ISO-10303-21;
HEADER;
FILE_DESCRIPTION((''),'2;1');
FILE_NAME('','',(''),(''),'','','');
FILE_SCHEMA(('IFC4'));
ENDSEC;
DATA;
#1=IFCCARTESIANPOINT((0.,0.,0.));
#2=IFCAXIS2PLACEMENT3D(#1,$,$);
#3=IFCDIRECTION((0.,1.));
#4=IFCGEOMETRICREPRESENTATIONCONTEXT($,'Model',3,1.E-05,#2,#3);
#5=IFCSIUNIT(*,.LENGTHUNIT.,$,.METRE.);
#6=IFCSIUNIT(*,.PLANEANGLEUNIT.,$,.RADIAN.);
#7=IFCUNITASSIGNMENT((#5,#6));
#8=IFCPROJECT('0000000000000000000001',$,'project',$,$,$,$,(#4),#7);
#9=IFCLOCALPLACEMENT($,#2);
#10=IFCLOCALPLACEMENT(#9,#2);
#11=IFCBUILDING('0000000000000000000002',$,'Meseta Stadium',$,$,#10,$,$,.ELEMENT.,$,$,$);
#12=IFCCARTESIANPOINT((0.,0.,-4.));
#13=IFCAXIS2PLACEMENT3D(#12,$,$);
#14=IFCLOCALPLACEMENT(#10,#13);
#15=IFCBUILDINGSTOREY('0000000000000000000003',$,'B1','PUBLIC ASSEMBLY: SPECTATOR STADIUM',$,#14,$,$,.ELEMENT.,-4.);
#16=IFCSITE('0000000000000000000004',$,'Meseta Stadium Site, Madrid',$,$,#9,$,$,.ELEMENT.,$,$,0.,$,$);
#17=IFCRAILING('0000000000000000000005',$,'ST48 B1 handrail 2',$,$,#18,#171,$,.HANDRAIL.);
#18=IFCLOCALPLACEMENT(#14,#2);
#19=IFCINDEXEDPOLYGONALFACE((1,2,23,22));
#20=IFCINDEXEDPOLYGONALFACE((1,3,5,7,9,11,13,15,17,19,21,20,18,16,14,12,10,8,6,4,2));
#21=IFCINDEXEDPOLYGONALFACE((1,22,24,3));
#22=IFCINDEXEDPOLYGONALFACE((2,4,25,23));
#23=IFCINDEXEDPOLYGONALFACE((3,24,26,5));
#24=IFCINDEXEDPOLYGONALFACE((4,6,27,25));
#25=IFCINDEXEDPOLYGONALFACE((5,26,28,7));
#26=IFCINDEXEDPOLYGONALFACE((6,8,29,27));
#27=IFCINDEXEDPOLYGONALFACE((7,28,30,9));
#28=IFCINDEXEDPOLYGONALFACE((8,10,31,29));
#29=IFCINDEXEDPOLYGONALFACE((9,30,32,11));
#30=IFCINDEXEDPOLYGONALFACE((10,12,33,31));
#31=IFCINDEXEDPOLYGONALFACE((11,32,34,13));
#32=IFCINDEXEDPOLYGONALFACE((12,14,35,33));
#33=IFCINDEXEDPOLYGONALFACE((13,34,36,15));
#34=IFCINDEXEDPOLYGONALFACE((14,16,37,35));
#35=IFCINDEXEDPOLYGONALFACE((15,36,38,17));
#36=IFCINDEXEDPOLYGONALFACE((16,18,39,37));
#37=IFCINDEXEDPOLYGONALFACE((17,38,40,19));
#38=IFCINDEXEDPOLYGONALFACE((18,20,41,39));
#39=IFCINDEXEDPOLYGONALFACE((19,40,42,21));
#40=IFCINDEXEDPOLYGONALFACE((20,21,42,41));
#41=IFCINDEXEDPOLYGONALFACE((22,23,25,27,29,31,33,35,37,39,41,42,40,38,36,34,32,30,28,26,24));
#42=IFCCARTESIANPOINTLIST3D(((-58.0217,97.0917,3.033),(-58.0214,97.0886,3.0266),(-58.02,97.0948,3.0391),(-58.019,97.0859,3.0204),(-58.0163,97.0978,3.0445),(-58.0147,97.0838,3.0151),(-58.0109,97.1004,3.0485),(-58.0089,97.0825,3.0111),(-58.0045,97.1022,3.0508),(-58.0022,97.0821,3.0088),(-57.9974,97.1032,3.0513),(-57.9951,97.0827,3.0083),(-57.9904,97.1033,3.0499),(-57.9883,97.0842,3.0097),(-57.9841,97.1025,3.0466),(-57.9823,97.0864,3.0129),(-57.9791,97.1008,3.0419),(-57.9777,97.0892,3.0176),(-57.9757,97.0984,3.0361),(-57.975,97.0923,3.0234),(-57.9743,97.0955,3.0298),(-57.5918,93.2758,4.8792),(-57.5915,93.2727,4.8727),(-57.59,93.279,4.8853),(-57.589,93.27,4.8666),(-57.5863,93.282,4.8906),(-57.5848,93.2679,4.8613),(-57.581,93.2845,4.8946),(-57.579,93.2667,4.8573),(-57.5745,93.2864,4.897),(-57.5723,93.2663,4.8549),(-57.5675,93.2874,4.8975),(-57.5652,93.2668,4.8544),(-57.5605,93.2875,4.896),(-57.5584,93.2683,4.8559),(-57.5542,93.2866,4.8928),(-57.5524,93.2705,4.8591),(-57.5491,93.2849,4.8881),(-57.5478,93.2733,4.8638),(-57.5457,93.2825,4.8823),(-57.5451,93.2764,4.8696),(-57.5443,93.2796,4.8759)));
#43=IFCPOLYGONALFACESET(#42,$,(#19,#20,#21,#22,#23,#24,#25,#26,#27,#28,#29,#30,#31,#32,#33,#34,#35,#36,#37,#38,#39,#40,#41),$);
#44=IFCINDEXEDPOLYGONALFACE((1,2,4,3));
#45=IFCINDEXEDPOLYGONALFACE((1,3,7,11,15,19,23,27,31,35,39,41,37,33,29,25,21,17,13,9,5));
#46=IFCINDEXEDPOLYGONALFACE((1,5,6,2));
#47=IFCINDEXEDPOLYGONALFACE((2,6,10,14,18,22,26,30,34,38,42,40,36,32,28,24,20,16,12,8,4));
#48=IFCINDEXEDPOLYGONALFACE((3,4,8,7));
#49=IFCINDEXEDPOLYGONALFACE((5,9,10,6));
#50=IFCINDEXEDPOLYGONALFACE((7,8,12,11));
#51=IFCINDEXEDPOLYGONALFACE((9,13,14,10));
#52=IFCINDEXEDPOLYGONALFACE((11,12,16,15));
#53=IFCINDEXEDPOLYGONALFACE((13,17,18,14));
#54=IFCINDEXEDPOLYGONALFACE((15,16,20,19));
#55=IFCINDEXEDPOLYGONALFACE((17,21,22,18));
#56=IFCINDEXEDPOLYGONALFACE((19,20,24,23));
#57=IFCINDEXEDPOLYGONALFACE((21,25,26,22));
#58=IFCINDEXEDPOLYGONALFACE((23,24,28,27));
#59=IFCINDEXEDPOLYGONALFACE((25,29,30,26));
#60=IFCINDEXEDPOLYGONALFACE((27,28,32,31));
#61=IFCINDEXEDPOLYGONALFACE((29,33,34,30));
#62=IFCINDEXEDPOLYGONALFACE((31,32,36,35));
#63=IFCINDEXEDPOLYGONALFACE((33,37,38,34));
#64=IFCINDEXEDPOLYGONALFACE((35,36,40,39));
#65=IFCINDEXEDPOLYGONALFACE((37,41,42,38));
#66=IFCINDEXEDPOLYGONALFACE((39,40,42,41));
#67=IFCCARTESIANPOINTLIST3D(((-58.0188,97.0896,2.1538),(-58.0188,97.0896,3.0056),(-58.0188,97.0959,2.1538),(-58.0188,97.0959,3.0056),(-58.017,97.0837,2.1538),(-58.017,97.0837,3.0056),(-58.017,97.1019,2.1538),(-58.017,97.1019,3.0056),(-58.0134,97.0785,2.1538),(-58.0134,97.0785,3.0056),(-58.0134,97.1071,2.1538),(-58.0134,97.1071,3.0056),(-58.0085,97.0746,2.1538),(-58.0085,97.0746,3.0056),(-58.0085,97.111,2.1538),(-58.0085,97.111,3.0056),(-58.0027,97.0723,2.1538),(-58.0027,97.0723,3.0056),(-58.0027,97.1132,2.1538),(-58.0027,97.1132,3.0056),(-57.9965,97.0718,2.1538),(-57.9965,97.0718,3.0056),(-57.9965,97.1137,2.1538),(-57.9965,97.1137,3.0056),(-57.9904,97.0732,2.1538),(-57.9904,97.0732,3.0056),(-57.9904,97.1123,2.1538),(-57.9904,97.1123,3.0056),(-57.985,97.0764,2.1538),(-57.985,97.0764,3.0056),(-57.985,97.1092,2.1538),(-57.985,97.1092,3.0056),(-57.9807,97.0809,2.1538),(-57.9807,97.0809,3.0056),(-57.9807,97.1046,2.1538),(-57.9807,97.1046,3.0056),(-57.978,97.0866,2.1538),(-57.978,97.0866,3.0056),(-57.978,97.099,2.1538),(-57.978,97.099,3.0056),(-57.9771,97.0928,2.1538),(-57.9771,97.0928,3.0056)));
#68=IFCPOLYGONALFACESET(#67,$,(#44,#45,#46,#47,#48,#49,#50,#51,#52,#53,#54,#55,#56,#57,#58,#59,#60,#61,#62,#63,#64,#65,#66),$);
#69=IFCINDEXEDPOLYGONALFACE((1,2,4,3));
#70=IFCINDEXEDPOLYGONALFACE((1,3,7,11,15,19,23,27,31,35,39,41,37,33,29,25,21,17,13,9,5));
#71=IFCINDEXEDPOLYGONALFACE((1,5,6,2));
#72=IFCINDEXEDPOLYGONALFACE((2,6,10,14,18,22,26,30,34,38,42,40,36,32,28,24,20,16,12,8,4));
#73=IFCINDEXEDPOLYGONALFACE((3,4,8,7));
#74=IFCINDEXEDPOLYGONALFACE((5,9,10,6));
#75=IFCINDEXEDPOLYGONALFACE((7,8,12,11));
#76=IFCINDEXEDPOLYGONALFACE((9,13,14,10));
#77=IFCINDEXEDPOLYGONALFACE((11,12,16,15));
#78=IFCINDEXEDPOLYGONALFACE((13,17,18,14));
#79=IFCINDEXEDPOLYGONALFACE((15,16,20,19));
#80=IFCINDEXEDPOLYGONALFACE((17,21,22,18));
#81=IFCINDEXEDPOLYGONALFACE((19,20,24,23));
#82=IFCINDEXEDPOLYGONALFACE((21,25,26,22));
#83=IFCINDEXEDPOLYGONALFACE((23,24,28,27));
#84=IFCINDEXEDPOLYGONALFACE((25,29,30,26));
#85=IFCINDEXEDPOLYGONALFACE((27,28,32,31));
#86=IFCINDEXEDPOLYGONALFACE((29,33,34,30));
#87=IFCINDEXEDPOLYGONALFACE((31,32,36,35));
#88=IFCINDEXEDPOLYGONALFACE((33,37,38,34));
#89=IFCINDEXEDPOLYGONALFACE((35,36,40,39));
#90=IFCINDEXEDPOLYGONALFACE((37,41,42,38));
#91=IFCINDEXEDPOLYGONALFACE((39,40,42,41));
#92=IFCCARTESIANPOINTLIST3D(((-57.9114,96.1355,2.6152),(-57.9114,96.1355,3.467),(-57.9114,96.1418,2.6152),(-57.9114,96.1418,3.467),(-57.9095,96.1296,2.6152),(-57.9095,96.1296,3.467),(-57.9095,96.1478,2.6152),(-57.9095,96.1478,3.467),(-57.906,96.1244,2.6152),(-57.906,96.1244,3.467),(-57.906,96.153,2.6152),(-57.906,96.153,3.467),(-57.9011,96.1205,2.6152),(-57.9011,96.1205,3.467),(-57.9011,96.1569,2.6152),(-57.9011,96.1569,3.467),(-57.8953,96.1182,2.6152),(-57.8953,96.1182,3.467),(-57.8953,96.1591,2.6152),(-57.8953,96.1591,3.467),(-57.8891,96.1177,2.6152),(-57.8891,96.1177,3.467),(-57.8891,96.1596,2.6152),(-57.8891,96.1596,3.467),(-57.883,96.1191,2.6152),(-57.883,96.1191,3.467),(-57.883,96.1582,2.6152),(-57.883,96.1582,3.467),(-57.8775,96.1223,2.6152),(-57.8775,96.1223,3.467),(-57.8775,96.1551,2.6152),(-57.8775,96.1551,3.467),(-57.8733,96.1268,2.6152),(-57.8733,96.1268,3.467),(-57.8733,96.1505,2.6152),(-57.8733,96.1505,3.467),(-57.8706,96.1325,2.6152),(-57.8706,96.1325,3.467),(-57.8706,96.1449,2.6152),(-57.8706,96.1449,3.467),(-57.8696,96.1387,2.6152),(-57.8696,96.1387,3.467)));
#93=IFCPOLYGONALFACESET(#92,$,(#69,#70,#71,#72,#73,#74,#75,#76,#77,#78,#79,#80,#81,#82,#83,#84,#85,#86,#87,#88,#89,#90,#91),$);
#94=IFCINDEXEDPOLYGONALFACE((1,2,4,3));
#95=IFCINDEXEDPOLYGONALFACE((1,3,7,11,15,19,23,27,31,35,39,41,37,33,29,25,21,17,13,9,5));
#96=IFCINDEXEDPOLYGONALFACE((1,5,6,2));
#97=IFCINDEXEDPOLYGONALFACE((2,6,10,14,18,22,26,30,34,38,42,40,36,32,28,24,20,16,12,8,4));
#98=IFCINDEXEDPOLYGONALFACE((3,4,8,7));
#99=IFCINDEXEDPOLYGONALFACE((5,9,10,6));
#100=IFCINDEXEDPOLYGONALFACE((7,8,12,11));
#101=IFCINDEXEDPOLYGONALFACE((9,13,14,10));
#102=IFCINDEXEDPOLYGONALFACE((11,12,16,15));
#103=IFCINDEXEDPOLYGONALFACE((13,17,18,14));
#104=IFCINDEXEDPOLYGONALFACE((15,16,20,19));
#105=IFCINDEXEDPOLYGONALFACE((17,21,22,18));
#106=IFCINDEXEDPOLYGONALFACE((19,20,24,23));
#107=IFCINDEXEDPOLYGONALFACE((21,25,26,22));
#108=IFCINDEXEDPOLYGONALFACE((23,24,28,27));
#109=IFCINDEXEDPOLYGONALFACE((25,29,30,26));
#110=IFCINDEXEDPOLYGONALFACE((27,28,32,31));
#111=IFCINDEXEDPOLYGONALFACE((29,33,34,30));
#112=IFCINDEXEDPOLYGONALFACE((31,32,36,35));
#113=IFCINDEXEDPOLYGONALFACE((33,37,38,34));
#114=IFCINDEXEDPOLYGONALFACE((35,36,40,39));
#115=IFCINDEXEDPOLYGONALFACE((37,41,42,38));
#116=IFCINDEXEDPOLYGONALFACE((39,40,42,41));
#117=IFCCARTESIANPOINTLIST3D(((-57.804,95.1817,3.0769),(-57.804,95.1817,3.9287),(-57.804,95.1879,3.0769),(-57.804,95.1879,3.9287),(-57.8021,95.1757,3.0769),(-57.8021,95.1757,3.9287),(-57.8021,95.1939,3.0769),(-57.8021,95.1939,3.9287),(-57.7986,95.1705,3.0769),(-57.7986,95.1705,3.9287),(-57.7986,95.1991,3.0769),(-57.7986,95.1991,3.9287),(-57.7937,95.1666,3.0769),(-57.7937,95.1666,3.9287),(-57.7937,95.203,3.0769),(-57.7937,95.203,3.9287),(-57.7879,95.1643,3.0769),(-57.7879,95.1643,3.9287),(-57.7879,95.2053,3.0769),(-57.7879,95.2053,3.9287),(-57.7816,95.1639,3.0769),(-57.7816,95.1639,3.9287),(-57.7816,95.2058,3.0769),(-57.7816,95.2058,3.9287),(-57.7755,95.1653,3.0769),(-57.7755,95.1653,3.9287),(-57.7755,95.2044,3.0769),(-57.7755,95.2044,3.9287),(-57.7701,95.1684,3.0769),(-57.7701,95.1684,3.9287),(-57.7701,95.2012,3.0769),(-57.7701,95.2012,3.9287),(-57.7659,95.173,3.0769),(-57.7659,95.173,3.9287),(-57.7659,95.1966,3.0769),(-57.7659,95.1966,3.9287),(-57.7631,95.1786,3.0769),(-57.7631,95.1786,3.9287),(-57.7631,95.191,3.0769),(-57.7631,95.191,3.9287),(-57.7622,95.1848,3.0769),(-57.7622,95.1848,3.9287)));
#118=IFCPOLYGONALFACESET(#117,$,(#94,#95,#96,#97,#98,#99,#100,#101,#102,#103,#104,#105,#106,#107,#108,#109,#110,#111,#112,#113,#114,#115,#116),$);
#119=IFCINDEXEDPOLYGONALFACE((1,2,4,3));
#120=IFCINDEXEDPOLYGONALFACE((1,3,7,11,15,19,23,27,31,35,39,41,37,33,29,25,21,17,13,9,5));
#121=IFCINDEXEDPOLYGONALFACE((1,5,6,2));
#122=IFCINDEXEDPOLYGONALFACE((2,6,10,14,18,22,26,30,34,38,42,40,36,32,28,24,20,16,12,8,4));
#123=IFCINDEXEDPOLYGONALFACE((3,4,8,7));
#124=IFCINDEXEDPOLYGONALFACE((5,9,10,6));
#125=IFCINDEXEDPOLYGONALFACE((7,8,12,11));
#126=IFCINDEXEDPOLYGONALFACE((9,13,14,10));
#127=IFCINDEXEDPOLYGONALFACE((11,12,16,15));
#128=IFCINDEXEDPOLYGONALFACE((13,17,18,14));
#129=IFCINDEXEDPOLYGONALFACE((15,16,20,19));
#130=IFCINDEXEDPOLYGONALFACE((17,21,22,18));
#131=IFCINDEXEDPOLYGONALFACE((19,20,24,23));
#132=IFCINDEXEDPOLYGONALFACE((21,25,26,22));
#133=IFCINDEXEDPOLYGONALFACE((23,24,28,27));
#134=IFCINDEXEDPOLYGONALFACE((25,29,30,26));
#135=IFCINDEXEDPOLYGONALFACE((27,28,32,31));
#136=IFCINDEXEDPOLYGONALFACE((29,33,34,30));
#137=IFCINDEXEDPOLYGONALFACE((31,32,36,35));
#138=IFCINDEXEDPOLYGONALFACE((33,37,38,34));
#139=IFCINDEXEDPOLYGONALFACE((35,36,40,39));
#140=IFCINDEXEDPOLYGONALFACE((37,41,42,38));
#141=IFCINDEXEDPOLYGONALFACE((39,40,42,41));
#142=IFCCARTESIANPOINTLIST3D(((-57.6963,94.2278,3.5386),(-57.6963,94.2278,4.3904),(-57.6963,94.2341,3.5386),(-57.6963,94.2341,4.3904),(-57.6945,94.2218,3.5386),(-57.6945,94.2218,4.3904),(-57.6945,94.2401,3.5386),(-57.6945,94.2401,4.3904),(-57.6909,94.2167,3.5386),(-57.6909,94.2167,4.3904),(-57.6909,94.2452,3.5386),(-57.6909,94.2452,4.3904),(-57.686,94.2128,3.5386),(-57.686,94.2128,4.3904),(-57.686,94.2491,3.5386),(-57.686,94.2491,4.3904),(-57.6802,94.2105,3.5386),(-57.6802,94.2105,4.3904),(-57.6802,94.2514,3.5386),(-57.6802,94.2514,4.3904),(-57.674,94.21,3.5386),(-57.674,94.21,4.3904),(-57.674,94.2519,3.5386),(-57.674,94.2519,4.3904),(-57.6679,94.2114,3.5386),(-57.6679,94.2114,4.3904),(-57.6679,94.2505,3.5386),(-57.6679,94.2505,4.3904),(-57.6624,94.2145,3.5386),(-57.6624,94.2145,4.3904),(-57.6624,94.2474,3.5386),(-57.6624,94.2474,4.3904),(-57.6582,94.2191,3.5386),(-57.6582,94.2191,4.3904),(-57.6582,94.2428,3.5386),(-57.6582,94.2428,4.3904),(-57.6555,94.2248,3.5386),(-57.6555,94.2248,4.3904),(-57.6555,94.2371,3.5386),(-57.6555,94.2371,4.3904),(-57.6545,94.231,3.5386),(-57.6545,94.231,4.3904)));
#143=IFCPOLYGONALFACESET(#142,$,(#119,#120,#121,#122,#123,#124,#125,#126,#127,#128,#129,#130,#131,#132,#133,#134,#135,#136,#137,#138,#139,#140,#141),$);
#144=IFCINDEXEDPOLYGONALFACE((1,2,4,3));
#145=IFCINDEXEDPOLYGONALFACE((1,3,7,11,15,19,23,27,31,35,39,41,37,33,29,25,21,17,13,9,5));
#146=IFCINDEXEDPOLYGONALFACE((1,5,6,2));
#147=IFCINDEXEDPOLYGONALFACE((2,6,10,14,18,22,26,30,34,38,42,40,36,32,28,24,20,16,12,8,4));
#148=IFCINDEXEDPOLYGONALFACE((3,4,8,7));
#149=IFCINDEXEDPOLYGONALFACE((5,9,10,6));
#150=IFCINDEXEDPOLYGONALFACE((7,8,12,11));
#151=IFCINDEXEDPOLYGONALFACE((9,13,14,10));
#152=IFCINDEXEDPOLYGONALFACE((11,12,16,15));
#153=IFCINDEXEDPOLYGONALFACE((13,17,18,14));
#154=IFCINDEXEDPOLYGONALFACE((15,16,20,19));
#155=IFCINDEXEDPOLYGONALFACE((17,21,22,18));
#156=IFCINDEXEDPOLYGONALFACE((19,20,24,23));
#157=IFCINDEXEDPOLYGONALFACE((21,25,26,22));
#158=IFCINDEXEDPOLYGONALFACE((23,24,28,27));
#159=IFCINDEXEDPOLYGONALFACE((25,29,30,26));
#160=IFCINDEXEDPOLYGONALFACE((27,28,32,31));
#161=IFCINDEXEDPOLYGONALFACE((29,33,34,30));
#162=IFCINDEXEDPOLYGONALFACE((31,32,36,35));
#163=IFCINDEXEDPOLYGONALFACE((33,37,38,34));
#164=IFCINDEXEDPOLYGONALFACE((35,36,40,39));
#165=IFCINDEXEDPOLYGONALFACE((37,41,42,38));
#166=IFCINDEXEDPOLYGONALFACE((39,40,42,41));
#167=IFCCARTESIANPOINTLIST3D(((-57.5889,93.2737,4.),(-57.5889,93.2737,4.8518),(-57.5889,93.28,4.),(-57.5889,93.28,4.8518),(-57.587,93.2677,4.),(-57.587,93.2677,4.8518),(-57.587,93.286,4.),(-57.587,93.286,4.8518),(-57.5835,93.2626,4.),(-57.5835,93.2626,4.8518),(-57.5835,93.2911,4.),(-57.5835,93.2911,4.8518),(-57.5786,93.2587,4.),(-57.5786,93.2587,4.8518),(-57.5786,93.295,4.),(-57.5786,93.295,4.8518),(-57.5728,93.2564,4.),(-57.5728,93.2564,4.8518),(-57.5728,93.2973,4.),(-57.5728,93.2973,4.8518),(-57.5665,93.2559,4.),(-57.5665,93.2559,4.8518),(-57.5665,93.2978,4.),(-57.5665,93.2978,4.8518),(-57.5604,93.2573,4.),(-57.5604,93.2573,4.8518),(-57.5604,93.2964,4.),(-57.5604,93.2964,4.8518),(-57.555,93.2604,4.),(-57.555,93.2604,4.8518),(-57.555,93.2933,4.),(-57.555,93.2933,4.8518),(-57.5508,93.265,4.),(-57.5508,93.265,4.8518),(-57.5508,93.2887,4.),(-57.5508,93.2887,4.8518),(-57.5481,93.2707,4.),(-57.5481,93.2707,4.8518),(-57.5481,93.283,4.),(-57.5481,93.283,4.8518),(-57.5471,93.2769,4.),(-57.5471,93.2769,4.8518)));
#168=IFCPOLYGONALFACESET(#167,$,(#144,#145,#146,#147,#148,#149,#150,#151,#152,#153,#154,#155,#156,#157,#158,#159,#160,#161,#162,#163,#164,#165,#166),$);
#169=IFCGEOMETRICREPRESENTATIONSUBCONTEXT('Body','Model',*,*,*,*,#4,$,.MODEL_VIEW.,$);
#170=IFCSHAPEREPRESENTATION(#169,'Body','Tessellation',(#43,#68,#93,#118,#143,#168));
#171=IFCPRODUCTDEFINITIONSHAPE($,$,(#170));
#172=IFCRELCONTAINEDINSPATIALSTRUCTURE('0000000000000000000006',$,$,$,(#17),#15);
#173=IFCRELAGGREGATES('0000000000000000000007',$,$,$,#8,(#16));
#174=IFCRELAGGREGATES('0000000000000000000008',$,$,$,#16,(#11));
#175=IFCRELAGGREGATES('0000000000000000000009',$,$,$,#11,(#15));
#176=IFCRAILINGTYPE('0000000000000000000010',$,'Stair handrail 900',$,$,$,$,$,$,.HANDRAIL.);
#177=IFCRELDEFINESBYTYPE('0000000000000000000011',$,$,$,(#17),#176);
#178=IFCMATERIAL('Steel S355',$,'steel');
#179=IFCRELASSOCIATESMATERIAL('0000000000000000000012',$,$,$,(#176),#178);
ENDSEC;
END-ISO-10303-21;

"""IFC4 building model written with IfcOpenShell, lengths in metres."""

from ifc_helpers import new_model, si_unit, direction, frame, origin, origin_2d, place, context, subcontext, project, spatial, circle, extrude, material, type_object, element, save


model = new_model("IFC4")

# Units and contexts
model_context = context("Model", 3, precision=1e-05, world=origin(), true_north=direction((0.0, 1.0)))
body_context = subcontext(model_context, "Body", "Model", "MODEL_VIEW")
ifc_project = project(units=[si_unit("LENGTHUNIT", "METRE"), si_unit("PLANEANGLEUNIT", "RADIAN")], contexts=[model_context])

# Site, building, storey
site_placement = place(None, origin())
site = spatial("IfcSite", under=ifc_project, at=site_placement, Name="Meseta Stadium Site, Madrid", CompositionType="ELEMENT", RefElevation=0.0)
building_placement = place(site_placement, origin())
building = spatial("IfcBuilding", under=site, at=building_placement, Name="Meseta Stadium", CompositionType="ELEMENT")
storey_placement = place(building_placement, frame((0.0, 0.0, -4.0)))
storey = spatial("IfcBuildingStorey", under=building, at=storey_placement, Name="B1", Description="PUBLIC ASSEMBLY: SPECTATOR STADIUM", CompositionType="ELEMENT", Elevation=-4.0)

# Railing
ifc_material_1 = material(Name="Steel S355", Category="steel")
railing_type_1 = type_object("IfcRailingType", Name="Stair handrail 900", PredefinedType="HANDRAIL", material=ifc_material_1)
for number, where, name in (
    (1, (-57.998, 97.0928, 2.1538), "ST48 B1 handrail 2"),
):
    element("IfcRailing", number, at=place(storey_placement, frame(where)), inside=storey, type_object=railing_type_1, Name=name, PredefinedType="HANDRAIL", context=body_context, shape_type="SweptSolid", body=[
        extrude(circle(Radius=0.0239, at=origin_2d()), frame((0.0, 0.0, 0.876), z_axis=(0.100904, -0.895585, 0.433296), x_axis=(0.993713, 0.11196, 0.0)), (0.0, 0.0, 1.0), 4.2607),
        extrude(circle(Radius=0.021, at=origin_2d()), origin(), (0.0, 0.0, 1.0), 0.8518),
        extrude(circle(Radius=0.021, at=origin_2d()), frame((0.1074, -0.9541, 0.4614)), (0.0, 0.0, 1.0), 0.8518),
        extrude(circle(Radius=0.021, at=origin_2d()), frame((0.2148, -1.908, 0.9231)), (0.0, 0.0, 1.0), 0.8518),
        extrude(circle(Radius=0.021, at=origin_2d()), frame((0.3225, -2.8618, 1.3848)), (0.0, 0.0, 1.0), 0.8518),
        extrude(circle(Radius=0.021, at=origin_2d()), frame((0.4299, -3.8159, 1.8462)), (0.0, 0.0, 1.0), 0.8518),
    ])

save(model, "model.ifc")
